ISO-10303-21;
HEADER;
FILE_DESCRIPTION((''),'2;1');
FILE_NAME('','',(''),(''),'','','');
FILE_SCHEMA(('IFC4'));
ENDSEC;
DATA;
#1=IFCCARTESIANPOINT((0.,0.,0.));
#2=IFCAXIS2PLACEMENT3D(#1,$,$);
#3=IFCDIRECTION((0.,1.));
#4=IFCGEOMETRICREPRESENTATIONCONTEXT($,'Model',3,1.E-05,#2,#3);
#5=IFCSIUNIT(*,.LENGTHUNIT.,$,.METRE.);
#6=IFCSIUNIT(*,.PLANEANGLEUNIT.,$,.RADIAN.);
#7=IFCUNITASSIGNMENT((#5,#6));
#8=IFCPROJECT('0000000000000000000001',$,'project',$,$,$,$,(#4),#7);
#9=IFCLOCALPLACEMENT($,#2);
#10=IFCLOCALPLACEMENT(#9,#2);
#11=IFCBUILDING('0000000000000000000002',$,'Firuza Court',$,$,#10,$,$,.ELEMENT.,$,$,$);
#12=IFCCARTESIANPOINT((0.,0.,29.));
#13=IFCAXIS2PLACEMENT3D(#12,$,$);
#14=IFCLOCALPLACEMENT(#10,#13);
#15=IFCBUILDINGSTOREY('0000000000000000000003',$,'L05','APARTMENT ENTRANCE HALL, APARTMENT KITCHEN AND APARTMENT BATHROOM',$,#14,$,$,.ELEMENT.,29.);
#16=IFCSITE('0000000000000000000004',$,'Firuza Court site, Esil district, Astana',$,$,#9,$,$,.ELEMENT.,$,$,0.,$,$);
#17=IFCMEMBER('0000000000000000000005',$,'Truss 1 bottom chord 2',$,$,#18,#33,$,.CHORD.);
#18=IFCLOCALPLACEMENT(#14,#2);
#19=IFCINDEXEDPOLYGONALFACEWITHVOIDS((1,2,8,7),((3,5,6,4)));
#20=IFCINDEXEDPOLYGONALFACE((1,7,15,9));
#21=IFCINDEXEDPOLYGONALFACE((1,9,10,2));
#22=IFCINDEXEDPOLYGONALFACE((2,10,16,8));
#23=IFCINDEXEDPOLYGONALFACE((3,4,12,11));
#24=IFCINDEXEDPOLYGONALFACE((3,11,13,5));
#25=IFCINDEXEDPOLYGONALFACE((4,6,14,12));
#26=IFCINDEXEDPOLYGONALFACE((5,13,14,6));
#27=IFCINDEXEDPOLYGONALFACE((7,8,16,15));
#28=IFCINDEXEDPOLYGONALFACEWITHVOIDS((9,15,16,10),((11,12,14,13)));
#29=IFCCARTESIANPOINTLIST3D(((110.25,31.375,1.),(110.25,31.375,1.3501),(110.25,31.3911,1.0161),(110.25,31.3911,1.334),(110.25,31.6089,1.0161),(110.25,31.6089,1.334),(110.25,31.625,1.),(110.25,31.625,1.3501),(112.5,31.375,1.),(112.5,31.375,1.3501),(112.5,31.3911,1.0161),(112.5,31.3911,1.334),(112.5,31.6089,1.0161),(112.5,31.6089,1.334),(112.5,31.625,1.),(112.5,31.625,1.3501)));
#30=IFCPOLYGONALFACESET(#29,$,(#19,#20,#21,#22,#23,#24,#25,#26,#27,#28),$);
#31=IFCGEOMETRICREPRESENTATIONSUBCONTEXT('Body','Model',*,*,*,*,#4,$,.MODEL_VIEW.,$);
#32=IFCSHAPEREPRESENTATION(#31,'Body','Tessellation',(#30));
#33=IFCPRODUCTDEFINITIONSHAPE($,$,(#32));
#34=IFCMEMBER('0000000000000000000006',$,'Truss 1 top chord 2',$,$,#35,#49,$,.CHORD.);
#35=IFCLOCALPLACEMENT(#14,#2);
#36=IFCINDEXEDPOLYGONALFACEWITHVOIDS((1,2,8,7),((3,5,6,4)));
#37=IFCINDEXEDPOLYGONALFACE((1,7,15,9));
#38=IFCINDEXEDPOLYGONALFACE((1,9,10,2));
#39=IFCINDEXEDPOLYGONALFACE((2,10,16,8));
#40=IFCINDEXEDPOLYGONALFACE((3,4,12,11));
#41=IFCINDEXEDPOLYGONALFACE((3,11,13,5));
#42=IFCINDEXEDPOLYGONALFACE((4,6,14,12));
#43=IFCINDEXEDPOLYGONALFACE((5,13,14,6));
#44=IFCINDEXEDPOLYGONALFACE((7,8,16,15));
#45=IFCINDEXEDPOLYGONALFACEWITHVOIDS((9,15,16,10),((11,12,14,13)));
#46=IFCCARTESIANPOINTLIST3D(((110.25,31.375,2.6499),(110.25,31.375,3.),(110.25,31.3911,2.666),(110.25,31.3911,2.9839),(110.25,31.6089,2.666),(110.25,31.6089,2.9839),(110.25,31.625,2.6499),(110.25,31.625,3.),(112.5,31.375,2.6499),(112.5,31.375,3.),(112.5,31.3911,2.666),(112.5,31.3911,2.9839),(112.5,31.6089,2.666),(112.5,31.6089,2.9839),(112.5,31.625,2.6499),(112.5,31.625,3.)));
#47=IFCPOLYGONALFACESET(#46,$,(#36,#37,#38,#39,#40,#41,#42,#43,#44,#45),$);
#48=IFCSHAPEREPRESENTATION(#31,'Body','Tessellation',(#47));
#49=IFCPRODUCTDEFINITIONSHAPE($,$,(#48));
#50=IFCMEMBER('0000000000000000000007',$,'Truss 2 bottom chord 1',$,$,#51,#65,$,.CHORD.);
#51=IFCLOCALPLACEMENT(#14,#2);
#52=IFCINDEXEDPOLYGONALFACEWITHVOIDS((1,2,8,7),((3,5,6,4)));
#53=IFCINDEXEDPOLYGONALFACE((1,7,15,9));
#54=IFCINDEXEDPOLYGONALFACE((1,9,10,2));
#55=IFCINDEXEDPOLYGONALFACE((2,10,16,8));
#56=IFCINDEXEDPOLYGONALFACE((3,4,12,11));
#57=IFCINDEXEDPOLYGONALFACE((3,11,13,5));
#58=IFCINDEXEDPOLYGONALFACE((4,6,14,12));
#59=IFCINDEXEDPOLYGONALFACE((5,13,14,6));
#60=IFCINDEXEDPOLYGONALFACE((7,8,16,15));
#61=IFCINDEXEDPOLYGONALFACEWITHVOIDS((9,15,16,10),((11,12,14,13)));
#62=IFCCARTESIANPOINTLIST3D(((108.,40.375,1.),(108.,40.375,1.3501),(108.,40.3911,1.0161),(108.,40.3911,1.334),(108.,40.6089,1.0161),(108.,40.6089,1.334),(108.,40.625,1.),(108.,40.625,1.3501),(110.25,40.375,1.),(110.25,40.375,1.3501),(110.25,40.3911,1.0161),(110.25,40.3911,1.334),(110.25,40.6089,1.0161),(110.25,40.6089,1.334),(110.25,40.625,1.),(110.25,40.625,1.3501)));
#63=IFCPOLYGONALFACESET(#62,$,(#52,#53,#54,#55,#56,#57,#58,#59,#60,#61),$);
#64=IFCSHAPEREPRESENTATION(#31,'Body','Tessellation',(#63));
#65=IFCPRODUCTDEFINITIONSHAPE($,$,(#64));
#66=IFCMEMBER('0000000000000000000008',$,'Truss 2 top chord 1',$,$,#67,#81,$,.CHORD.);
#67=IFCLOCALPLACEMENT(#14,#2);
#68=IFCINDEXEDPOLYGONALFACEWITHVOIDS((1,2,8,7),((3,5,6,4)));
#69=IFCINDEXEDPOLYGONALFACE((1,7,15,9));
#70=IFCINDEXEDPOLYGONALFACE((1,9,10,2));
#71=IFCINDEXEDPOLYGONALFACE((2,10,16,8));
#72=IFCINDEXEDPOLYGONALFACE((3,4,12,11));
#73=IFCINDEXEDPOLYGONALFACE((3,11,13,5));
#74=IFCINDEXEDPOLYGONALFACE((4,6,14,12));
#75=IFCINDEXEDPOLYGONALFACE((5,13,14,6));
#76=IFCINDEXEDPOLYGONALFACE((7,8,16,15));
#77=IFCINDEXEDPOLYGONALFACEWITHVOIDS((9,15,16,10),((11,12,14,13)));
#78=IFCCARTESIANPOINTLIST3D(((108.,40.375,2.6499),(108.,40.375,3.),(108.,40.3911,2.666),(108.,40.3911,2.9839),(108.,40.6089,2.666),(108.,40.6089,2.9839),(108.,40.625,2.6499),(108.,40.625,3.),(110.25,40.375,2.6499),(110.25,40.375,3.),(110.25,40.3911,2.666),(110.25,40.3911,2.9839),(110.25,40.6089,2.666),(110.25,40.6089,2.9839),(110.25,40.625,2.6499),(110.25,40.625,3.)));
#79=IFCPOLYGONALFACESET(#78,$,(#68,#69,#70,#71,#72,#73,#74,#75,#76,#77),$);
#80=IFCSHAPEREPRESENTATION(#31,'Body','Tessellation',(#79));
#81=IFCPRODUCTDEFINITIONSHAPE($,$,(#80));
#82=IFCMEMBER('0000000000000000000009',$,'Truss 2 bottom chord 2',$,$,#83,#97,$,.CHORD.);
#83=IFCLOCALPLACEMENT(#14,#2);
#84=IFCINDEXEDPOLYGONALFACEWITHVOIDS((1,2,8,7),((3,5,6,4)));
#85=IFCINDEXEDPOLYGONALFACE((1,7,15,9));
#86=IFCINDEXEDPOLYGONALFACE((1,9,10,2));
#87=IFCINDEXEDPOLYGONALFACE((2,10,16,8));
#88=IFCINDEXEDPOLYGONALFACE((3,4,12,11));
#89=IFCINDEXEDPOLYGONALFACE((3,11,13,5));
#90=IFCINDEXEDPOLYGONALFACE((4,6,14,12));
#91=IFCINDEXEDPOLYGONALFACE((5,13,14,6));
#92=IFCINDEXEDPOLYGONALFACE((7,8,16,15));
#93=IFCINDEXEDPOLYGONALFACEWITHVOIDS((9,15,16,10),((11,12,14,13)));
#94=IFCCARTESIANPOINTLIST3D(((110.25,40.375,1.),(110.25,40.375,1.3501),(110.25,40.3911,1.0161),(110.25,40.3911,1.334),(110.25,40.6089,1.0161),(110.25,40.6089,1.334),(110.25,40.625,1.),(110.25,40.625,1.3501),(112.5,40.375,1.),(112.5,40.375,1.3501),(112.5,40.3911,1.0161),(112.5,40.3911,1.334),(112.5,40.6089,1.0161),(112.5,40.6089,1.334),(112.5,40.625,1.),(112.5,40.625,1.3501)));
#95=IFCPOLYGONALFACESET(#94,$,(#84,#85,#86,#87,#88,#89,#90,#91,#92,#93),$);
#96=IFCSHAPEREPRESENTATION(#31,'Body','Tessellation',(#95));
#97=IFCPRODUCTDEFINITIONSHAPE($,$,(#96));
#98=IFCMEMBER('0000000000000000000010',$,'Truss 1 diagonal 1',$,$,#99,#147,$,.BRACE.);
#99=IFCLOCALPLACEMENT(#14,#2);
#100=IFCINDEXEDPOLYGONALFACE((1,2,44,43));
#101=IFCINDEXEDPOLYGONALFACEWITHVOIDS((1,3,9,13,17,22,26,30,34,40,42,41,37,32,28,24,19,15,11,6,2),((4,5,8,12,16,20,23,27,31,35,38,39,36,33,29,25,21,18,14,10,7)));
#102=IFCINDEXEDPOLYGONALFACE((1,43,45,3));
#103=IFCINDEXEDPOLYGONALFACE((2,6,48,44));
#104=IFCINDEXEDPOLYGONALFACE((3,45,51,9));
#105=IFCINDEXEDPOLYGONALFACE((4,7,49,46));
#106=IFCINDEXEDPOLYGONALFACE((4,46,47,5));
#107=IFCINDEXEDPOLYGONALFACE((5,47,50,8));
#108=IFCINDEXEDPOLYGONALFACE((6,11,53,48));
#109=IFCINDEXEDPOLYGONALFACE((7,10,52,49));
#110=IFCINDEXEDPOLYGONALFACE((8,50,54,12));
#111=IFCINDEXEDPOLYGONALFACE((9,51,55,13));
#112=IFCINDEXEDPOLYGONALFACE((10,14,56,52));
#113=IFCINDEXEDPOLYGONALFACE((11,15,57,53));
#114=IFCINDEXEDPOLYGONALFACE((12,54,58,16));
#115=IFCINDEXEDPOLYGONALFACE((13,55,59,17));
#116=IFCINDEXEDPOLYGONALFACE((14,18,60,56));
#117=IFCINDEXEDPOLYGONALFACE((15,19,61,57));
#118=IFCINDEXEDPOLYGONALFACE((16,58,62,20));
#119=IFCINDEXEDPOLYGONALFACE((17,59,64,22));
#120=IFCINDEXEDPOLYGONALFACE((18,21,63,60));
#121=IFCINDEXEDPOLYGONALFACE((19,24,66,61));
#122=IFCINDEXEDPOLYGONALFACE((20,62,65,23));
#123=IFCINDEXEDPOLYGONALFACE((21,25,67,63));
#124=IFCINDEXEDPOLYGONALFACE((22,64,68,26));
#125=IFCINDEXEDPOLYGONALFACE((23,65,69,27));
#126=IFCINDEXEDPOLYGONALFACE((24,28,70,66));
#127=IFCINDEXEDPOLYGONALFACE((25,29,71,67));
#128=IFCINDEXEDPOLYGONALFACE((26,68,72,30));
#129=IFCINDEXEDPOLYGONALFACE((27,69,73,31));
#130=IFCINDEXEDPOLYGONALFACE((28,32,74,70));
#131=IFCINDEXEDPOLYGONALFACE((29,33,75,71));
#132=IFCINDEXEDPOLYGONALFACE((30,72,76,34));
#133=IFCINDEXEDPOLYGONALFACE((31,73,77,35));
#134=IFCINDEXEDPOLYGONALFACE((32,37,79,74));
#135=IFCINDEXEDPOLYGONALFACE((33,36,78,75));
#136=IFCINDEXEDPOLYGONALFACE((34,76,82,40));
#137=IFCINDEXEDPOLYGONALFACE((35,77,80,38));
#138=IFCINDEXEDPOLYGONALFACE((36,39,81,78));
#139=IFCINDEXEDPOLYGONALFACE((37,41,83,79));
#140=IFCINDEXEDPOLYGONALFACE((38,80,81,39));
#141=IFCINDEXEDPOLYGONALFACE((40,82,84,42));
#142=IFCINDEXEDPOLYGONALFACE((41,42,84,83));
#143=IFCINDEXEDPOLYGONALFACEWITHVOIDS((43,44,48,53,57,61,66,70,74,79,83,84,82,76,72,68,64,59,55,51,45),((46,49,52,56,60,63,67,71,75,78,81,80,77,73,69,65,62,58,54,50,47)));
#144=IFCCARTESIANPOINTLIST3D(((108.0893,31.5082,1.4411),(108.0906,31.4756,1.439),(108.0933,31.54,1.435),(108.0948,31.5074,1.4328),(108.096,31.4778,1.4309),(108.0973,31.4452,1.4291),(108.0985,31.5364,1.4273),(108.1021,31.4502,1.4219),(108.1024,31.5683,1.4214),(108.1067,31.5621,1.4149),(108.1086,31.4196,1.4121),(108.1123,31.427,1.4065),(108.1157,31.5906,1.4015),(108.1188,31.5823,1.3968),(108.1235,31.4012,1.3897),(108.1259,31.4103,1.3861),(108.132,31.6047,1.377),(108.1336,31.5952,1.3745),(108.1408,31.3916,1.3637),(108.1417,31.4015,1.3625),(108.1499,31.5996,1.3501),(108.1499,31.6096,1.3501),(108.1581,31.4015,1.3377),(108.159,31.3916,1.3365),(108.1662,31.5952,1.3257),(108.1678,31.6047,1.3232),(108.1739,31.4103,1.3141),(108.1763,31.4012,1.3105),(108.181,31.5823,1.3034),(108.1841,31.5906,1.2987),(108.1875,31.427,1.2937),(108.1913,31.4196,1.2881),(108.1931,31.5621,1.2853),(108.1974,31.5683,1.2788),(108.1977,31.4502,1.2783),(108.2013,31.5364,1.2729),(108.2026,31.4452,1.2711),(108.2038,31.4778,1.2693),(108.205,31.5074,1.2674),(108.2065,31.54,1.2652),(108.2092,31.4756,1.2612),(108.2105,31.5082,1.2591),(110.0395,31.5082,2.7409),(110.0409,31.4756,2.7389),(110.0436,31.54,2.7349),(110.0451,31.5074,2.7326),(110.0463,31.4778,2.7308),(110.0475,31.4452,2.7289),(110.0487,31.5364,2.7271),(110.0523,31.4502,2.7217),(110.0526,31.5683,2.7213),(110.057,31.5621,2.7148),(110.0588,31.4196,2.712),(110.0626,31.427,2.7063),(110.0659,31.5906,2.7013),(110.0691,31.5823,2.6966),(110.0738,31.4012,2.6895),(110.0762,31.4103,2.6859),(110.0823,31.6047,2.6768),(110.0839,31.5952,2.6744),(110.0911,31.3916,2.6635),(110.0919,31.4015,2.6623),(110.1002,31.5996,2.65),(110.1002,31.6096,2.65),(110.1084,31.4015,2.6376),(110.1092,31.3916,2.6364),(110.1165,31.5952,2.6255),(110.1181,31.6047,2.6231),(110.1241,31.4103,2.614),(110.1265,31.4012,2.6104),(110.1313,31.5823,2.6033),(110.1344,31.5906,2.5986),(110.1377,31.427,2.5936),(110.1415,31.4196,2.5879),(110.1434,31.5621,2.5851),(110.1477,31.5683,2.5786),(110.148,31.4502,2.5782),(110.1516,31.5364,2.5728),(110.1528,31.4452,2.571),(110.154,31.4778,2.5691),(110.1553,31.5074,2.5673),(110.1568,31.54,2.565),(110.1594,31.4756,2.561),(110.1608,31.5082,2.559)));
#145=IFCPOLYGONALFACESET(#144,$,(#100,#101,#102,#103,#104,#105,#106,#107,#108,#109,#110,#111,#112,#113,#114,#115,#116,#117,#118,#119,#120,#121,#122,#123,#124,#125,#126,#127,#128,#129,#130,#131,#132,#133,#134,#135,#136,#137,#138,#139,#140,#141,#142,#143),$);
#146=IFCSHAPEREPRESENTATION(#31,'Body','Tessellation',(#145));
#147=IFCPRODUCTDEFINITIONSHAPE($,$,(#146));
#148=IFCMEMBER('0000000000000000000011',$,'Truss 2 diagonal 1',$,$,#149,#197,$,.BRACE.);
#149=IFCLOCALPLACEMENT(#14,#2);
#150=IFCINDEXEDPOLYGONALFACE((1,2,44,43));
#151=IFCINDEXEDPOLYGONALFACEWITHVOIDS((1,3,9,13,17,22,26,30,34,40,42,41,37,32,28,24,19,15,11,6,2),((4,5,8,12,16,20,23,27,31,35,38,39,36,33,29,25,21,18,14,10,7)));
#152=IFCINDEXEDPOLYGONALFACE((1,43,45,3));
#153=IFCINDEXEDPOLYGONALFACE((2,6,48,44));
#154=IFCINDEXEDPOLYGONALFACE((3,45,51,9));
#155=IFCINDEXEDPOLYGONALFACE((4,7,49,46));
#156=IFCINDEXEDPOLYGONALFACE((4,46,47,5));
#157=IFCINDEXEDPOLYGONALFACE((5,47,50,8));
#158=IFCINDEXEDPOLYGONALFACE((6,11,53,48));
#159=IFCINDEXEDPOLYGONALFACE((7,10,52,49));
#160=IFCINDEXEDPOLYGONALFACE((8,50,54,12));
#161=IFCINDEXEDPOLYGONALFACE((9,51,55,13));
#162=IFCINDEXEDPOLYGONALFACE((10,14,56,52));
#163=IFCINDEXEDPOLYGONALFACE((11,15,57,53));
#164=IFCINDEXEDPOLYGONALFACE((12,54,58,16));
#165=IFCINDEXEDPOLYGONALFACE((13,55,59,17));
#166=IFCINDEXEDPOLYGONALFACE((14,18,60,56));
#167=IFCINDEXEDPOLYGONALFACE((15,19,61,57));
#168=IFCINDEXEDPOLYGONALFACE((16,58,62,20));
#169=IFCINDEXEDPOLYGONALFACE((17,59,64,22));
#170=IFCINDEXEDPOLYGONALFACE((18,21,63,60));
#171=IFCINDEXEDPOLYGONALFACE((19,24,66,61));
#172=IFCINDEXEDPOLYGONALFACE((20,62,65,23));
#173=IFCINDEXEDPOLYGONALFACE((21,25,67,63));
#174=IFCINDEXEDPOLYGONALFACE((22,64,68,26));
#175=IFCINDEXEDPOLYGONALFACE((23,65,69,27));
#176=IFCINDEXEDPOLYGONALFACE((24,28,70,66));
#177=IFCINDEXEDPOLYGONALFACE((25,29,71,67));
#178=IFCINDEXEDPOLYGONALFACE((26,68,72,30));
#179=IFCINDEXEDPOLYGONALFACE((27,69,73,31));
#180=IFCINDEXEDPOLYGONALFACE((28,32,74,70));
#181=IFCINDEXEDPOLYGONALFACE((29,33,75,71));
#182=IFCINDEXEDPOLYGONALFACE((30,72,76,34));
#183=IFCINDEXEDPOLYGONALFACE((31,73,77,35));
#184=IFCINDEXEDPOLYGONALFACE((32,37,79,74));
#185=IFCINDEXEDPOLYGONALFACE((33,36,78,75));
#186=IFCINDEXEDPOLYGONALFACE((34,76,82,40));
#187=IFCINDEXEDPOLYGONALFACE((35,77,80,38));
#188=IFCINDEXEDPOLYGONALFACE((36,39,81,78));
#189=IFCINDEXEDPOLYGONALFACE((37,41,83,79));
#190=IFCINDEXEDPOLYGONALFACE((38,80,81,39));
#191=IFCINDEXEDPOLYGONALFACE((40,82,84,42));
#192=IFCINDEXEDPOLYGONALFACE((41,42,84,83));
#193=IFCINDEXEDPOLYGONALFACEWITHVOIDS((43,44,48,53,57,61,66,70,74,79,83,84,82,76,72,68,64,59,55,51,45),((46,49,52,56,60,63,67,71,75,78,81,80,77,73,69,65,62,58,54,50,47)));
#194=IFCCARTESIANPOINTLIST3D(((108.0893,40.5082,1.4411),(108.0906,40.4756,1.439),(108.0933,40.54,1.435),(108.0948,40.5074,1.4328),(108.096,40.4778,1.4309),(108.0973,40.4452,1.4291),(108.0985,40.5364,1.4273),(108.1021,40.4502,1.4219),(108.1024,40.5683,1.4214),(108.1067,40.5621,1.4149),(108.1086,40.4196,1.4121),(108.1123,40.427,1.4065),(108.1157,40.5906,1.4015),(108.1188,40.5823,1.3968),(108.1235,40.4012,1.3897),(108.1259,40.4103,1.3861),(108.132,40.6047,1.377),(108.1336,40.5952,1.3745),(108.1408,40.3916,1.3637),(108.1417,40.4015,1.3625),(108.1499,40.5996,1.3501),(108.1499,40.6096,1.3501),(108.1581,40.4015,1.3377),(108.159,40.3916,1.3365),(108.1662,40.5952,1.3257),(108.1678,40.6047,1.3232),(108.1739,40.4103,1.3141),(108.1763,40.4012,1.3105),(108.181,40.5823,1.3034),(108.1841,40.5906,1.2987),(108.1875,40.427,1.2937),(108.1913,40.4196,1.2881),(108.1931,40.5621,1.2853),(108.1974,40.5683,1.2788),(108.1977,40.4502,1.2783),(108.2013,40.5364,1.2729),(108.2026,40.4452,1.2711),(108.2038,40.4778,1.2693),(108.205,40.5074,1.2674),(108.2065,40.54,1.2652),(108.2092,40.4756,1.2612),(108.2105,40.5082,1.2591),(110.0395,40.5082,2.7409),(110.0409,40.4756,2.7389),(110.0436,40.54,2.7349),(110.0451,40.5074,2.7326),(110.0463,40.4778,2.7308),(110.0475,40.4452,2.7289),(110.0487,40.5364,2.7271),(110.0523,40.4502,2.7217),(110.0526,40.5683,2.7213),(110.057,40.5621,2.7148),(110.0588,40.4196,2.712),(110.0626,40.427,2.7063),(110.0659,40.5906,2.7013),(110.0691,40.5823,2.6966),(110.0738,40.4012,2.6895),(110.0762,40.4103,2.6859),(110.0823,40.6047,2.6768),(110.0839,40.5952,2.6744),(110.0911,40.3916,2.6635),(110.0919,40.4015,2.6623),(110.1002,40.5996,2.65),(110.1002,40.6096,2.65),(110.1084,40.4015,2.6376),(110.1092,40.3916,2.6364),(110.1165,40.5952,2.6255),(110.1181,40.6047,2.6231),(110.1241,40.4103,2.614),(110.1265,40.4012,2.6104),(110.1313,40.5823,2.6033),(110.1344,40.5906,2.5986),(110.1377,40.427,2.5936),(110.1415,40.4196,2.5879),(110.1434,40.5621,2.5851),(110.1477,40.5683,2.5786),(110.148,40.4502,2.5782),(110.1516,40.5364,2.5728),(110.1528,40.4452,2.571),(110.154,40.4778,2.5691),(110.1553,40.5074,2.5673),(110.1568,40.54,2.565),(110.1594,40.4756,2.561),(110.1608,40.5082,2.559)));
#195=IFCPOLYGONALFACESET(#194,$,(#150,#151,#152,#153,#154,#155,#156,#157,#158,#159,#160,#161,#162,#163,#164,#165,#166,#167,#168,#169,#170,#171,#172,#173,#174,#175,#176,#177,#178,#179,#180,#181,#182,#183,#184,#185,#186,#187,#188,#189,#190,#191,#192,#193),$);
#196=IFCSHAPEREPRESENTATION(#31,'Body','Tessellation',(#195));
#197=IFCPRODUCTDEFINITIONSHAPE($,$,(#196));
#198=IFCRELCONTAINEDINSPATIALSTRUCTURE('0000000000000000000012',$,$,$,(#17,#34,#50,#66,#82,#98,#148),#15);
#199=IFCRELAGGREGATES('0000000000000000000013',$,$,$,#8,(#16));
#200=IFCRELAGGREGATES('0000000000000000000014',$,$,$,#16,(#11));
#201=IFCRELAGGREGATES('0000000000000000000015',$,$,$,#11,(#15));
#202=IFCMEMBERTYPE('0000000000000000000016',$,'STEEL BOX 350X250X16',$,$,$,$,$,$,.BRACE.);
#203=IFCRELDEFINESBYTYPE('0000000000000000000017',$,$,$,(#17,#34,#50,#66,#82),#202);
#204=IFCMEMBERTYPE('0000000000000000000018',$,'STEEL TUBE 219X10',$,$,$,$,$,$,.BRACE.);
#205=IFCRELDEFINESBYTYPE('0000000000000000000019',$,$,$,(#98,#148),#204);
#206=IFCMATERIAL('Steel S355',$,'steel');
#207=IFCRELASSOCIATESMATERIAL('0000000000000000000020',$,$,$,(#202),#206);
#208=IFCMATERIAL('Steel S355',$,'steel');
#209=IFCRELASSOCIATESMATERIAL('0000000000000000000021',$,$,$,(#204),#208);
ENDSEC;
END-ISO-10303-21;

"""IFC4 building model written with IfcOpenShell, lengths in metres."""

from ifc_helpers import new_model, si_unit, direction, frame, origin, origin_2d, place, context, subcontext, project, spatial, hollow_rectangle, hollow_circle, extrude, material, material_profile, profile_set, type_object, element, save


model = new_model("IFC4")

# Units and contexts
model_context = context("Model", 3, precision=1e-05, world=origin(), true_north=direction((0.0, 1.0)))
body_context = subcontext(model_context, "Body", "Model", "MODEL_VIEW")
ifc_project = project(units=[si_unit("LENGTHUNIT", "METRE"), si_unit("PLANEANGLEUNIT", "RADIAN")], contexts=[model_context])

# Site, building, storey
site_placement = place(None, origin())
site = spatial("IfcSite", under=ifc_project, at=site_placement, Name="Firuza Court site, Esil district, Astana", CompositionType="ELEMENT", RefElevation=0.0)
building_placement = place(site_placement, origin())
building = spatial("IfcBuilding", under=site, at=building_placement, Name="Firuza Court", CompositionType="ELEMENT")
storey_placement = place(building_placement, frame((0.0, 0.0, 29.0)))
storey = spatial("IfcBuildingStorey", under=building, at=storey_placement, Name="L05", Description="APARTMENT ENTRANCE HALL, APARTMENT KITCHEN AND APARTMENT BATHROOM", CompositionType="ELEMENT", Elevation=29.0)

# Members
ifc_material_1 = material(Name="Steel S355", Category="steel")
ifc_material_profile_1 = material_profile(ifc_material_1, hollow_rectangle(XDim=0.25, YDim=0.3501, WallThickness=0.0161, at=origin_2d()), Name="RHS 350X250X16")
ifc_profile_set_1 = profile_set([ifc_material_profile_1], Name="Steel S355")
member_type_1 = type_object("IfcMemberType", Name="STEEL BOX 350X250X16", PredefinedType="BRACE", material=ifc_profile_set_1)
for number, where, z_axis, x_axis, name in (
    (1, (110.25, 31.5, 1.175), (1.0, 0.0, 0.0), (0.0, 1.0, 0.0), "Truss 1 bottom chord 2"),
    (2, (110.25, 31.5, 2.825), (1.0, 0.0, 0.0), (0.0, 1.0, 0.0), "Truss 1 top chord 2"),
    (3, (108.0, 40.5, 1.175), (1.0, 0.0, 0.0), (0.0, 1.0, 0.0), "Truss 2 bottom chord 1"),
    (4, (108.0, 40.5, 2.825), (1.0, 0.0, 0.0), (0.0, 1.0, 0.0), "Truss 2 top chord 1"),
    (5, (110.25, 40.5, 1.175), (1.0, 0.0, 0.0), (0.0, 1.0, 0.0), "Truss 2 bottom chord 2"),
):
    element("IfcMember", number, at=place(storey_placement, frame(where, z_axis=z_axis, x_axis=x_axis)), inside=storey, type_object=member_type_1, Name=name, PredefinedType="CHORD", context=body_context, shape_type="SweptSolid", body=[
        extrude(hollow_rectangle(XDim=0.25, YDim=0.3501, WallThickness=0.0161, at=origin_2d()), origin(), (0.0, 0.0, 1.0), 2.25),
    ])
ifc_material_2 = material(Name="Steel S355", Category="steel")
ifc_material_profile_2 = material_profile(ifc_material_2, hollow_circle(Radius=0.1096, WallThickness=0.01, at=origin_2d()), Name="CHS 219X10")
ifc_profile_set_2 = profile_set([ifc_material_profile_2], Name="Steel S355")
member_type_2 = type_object("IfcMemberType", Name="STEEL TUBE 219X10", PredefinedType="BRACE", material=ifc_profile_set_2)
for number, where, z_axis, x_axis, name in (
    (6, (108.1499, 31.5, 1.3501), (0.832114, 0.0, 0.554604), (0.0, 1.0, 0.0), "Truss 1 diagonal 1"),
    (7, (108.1499, 40.5, 1.3501), (0.832114, 0.0, 0.554604), (0.0, 1.0, 0.0), "Truss 2 diagonal 1"),
):
    element("IfcMember", number, at=place(storey_placement, frame(where, z_axis=z_axis, x_axis=x_axis)), inside=storey, type_object=member_type_2, Name=name, PredefinedType="BRACE", context=body_context, shape_type="SweptSolid", body=[
        extrude(hollow_circle(Radius=0.1096, WallThickness=0.01, at=origin_2d()), origin(), (0.0, 0.0, 1.0), 2.3438),
    ])

save(model, "model.ifc")
